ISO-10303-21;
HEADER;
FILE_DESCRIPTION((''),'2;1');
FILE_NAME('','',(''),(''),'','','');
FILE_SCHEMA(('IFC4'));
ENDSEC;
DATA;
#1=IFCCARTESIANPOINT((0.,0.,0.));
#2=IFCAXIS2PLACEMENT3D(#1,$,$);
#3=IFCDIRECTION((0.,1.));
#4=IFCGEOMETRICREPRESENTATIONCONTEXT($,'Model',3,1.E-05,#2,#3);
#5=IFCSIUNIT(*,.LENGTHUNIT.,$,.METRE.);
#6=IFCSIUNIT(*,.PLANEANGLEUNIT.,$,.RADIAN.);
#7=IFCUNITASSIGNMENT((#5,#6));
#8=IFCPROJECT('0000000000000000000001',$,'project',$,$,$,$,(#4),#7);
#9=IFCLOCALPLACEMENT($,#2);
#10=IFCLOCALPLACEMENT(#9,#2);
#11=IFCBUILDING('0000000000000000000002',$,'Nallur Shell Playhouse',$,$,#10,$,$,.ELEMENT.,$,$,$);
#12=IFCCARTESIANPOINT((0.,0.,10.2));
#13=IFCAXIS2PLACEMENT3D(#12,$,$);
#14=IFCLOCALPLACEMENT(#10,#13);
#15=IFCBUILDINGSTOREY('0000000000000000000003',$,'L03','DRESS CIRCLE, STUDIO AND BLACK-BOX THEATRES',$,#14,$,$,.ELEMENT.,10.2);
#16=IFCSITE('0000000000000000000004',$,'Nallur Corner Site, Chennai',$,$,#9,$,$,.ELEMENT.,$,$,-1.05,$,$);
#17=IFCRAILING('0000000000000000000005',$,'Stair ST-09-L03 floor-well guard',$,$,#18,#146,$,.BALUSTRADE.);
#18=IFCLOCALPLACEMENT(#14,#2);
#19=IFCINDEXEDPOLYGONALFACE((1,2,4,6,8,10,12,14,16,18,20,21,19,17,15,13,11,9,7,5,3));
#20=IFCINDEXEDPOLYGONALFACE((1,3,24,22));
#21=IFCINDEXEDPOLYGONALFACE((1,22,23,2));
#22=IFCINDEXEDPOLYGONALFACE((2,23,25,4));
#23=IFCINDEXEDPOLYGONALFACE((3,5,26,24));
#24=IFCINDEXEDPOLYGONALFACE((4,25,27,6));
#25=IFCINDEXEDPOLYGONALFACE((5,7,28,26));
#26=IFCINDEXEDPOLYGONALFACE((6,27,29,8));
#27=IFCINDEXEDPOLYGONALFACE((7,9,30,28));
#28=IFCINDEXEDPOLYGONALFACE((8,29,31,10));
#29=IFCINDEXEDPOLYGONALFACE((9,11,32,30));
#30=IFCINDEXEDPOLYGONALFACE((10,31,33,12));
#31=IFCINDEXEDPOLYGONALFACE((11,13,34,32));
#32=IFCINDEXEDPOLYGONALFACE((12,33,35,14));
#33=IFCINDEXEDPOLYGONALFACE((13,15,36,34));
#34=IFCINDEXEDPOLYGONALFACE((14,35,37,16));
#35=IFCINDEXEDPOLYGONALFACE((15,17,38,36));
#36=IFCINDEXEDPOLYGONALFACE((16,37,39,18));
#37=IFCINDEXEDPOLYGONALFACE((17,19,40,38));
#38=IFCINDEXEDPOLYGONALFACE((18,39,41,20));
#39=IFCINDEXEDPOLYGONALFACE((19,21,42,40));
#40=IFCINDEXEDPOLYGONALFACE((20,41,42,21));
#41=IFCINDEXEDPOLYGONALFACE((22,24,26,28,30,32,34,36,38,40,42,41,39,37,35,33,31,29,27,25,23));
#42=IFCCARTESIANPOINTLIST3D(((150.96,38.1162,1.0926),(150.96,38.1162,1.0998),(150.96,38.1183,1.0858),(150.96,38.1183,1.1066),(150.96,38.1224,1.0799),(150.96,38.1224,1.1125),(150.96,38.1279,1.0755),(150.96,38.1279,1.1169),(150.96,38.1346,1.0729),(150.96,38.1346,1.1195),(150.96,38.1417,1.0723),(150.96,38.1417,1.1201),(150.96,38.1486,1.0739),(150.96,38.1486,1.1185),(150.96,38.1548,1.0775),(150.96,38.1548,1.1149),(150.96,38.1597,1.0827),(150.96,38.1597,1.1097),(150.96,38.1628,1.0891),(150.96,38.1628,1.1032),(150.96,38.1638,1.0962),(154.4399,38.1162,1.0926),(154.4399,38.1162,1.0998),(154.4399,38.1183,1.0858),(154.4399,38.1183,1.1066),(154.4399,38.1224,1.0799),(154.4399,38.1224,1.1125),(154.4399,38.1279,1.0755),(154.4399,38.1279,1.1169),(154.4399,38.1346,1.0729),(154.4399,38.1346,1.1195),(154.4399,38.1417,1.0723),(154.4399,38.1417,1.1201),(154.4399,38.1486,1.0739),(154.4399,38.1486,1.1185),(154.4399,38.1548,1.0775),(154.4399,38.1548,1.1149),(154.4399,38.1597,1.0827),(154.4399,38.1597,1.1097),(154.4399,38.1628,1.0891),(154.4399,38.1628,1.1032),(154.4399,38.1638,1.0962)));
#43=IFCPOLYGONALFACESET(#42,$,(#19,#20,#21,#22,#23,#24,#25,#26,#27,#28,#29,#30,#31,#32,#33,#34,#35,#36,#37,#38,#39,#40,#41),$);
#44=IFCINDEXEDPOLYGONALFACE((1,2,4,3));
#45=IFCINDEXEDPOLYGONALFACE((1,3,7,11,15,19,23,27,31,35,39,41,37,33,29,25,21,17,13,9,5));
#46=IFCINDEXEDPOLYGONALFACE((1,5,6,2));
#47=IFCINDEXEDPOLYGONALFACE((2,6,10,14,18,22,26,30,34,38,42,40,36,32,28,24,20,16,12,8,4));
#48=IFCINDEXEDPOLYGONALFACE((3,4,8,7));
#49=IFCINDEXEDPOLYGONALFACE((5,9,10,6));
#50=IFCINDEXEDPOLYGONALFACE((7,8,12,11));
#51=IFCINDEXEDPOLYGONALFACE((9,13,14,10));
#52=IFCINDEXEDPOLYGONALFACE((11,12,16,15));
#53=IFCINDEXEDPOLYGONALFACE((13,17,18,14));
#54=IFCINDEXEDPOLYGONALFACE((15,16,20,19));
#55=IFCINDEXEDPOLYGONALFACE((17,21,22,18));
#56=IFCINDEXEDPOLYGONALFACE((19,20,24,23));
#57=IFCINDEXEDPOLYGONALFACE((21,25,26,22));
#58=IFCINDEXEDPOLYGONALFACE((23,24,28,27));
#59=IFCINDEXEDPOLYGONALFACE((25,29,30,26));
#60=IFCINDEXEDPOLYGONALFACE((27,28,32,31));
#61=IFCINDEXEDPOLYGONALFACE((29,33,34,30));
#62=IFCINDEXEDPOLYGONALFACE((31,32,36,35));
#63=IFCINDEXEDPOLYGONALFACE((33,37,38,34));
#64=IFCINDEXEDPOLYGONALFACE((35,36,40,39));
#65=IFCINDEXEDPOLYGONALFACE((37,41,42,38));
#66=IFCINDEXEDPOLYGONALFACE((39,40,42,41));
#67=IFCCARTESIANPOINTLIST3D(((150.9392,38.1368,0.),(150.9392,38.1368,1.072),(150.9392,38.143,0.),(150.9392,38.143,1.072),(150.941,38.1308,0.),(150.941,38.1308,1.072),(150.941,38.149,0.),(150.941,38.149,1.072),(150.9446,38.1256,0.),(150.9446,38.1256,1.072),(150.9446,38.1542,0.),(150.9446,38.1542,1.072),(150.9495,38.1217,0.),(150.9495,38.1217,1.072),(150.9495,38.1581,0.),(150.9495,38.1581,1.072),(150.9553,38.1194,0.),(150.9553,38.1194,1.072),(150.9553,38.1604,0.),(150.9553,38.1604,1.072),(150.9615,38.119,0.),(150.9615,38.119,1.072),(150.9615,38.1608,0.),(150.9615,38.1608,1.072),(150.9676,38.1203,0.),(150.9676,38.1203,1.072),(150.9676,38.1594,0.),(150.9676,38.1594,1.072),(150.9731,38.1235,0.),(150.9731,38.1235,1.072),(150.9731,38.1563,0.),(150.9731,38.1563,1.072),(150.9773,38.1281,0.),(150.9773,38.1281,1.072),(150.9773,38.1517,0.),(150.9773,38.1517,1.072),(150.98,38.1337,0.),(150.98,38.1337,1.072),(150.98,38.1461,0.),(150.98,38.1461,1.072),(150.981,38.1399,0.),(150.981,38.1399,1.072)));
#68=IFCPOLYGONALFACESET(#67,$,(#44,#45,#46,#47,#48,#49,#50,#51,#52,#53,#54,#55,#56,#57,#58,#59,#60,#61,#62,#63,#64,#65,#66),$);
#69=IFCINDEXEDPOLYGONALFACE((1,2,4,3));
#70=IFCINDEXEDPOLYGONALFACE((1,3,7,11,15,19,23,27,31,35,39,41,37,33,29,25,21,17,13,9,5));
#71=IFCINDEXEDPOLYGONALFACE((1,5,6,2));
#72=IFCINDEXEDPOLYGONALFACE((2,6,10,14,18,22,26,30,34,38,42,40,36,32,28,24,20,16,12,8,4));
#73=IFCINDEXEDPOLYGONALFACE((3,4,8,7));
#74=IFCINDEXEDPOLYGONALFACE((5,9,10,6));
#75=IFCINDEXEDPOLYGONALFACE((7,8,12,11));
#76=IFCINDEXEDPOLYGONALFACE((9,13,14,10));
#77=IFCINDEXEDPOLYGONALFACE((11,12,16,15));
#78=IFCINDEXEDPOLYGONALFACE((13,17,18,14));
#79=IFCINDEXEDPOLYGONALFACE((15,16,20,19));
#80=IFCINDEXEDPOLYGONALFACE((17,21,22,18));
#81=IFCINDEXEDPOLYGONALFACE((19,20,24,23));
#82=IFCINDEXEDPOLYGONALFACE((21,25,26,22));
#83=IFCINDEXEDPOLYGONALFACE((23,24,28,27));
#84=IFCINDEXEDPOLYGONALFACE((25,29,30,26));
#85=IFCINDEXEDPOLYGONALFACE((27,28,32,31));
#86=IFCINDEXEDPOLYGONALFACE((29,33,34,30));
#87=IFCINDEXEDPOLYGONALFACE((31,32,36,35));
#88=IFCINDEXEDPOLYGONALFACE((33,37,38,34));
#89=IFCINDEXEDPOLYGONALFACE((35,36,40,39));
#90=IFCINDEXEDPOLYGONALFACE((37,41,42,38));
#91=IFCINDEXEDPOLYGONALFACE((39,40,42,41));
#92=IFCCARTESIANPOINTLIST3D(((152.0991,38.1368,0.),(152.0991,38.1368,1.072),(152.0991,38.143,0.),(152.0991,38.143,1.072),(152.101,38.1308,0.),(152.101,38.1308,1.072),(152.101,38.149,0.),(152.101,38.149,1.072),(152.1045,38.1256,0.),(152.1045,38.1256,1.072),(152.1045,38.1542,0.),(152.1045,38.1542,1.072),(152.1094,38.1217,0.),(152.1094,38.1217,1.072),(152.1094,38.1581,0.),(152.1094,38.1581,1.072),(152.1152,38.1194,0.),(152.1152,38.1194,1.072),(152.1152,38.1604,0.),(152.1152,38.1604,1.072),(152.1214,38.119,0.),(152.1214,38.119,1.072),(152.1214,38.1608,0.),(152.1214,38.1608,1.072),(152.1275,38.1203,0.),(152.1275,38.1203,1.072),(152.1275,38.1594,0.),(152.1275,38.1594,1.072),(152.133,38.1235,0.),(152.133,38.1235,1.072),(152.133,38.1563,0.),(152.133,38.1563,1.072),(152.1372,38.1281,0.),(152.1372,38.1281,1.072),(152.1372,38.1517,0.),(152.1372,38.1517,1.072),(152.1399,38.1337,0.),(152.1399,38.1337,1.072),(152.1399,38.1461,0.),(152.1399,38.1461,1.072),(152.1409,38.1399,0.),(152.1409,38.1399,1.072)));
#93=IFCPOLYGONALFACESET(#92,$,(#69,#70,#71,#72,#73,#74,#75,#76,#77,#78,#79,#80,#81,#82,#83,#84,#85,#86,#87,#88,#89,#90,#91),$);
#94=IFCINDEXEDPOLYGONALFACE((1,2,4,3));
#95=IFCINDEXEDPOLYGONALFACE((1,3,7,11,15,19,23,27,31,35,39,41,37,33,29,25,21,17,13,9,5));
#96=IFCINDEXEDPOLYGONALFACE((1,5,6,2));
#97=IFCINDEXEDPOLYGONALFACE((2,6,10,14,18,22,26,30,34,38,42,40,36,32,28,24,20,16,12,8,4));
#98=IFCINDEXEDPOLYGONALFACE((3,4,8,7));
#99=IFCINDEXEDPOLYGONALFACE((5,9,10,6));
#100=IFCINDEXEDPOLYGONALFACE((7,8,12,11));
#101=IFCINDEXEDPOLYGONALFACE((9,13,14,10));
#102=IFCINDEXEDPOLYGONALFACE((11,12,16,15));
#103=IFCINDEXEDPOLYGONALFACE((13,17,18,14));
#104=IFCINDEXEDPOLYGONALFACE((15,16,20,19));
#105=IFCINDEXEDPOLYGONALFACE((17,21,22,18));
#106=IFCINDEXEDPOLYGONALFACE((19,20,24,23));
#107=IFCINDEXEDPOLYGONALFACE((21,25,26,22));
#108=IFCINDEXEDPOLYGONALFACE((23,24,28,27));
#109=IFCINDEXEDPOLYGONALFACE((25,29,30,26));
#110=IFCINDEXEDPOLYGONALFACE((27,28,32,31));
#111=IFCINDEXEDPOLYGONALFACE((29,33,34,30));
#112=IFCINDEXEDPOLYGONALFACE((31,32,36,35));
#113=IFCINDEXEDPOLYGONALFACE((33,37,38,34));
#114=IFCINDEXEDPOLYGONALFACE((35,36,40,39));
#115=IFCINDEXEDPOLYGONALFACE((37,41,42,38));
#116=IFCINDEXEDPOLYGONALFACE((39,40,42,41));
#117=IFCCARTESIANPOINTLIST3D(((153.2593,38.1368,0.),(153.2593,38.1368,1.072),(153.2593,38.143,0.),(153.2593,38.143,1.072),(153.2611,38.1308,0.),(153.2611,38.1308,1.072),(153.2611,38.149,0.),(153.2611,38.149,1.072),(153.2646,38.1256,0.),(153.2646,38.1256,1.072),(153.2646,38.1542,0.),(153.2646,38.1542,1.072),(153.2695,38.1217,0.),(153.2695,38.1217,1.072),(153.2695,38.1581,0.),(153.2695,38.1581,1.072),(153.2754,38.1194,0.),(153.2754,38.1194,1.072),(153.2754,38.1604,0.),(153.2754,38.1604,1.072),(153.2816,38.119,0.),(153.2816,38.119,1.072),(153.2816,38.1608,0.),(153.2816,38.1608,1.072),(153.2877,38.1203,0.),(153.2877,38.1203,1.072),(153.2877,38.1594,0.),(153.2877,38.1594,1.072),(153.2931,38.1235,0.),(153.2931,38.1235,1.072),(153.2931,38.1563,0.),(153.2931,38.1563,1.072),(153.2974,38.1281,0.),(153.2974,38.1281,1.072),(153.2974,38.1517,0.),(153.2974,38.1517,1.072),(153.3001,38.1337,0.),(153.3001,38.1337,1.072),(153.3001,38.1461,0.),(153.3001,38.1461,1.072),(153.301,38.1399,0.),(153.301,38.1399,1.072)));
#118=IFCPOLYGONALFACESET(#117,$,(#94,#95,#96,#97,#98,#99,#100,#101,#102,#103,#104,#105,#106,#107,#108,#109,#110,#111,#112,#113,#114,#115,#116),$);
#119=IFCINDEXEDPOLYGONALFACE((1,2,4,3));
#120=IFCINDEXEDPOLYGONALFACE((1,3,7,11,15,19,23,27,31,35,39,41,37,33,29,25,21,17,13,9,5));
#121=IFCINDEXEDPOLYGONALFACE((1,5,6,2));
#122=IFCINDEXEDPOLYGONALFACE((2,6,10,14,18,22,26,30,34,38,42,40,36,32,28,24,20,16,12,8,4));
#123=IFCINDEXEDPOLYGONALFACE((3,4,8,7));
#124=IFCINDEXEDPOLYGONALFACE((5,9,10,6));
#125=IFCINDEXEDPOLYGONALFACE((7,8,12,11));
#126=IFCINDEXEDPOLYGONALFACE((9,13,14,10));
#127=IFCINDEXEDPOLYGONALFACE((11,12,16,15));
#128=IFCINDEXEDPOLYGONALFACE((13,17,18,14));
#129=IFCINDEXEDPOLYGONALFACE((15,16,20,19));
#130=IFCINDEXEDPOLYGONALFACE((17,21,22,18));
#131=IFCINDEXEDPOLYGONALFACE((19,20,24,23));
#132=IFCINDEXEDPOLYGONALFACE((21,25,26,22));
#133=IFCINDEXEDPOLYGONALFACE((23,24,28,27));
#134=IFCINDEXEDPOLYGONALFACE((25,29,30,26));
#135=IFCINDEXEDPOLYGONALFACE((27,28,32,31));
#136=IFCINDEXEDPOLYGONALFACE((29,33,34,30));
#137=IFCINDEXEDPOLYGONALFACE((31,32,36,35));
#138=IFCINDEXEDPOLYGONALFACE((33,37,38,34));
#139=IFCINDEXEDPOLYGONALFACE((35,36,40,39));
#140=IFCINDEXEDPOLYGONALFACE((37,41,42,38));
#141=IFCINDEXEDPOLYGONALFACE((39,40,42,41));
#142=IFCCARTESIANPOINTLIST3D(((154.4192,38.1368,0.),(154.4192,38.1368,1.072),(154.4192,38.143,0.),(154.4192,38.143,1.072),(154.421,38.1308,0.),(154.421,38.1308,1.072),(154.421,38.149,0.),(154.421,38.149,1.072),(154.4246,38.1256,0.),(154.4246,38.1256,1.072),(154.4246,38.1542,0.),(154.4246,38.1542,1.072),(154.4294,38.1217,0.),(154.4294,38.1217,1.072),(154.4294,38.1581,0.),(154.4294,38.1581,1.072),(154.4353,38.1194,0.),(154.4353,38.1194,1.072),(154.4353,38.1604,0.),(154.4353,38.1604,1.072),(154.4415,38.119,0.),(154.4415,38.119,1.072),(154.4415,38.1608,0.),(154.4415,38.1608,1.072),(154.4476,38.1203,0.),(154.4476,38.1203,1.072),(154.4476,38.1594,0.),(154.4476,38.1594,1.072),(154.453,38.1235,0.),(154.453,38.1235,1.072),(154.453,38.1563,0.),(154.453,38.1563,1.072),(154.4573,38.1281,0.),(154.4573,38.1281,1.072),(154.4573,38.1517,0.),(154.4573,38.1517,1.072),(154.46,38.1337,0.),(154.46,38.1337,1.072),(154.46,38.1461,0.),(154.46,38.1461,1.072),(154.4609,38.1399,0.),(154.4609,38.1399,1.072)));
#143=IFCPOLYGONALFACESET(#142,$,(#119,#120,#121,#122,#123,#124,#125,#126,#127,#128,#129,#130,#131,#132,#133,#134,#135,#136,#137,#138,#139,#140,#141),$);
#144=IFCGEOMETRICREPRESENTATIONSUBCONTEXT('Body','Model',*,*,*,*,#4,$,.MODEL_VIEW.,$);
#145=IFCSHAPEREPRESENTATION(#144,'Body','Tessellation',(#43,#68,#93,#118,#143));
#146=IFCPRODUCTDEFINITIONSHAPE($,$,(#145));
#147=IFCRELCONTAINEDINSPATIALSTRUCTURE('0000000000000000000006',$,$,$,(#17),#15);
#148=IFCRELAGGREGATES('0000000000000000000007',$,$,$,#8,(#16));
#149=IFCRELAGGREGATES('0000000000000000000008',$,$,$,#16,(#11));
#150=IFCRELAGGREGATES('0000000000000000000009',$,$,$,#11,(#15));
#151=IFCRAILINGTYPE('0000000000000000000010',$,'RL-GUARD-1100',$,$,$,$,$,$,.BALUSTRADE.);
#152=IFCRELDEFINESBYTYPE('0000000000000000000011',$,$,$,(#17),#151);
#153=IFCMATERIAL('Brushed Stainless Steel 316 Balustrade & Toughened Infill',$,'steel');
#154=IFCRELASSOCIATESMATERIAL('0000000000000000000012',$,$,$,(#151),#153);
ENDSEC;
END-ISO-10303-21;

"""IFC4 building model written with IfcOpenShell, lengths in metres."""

from ifc_helpers import new_model, si_unit, direction, frame, origin, origin_2d, place, context, subcontext, project, spatial, circle, extrude, material, type_object, element, save


model = new_model("IFC4")

# Units and contexts
model_context = context("Model", 3, precision=1e-05, world=origin(), true_north=direction((0.0, 1.0)))
body_context = subcontext(model_context, "Body", "Model", "MODEL_VIEW")
ifc_project = project(units=[si_unit("LENGTHUNIT", "METRE"), si_unit("PLANEANGLEUNIT", "RADIAN")], contexts=[model_context])

# Site, building, storey
site_placement = place(None, origin())
site = spatial("IfcSite", under=ifc_project, at=site_placement, Name="Nallur Corner Site, Chennai", CompositionType="ELEMENT", RefElevation=-1.05)
building_placement = place(site_placement, origin())
building = spatial("IfcBuilding", under=site, at=building_placement, Name="Nallur Shell Playhouse", CompositionType="ELEMENT")
storey_placement = place(building_placement, frame((0.0, 0.0, 10.2)))
storey = spatial("IfcBuildingStorey", under=building, at=storey_placement, Name="L03", Description="DRESS CIRCLE, STUDIO AND BLACK-BOX THEATRES", CompositionType="ELEMENT", Elevation=10.2)

# Railing
ifc_material_1 = material(Name="Brushed Stainless Steel 316 Balustrade & Toughened Infill", Category="steel")
railing_type_1 = type_object("IfcRailingType", Name="RL-GUARD-1100", PredefinedType="BALUSTRADE", material=ifc_material_1)
railing_1_placement = place(storey_placement, frame((150.96, 38.1399, 0.0)))
element("IfcRailing", 1, at=railing_1_placement, inside=storey, type_object=railing_type_1, Name="Stair ST-09-L03 floor-well guard", PredefinedType="BALUSTRADE", context=body_context, shape_type="SweptSolid", body=[
    extrude(circle(Radius=0.0239, at=origin_2d()), frame((0.0, 0.0, 1.0962), z_axis=(1.0, 0.0, 0.0), x_axis=(0.0, 1.0, 0.0)), (0.0, 0.0, 1.0), 3.48),
    extrude(circle(Radius=0.021, at=origin_2d()), origin(), (0.0, 0.0, 1.0), 1.072),
    extrude(circle(Radius=0.021, at=origin_2d()), frame((1.1599, 0.0, 0.0)), (0.0, 0.0, 1.0), 1.072),
    extrude(circle(Radius=0.021, at=origin_2d()), frame((2.3201, 0.0, 0.0)), (0.0, 0.0, 1.0), 1.072),
    extrude(circle(Radius=0.021, at=origin_2d()), frame((3.48, 0.0, 0.0)), (0.0, 0.0, 1.0), 1.072),
])

save(model, "model.ifc")
